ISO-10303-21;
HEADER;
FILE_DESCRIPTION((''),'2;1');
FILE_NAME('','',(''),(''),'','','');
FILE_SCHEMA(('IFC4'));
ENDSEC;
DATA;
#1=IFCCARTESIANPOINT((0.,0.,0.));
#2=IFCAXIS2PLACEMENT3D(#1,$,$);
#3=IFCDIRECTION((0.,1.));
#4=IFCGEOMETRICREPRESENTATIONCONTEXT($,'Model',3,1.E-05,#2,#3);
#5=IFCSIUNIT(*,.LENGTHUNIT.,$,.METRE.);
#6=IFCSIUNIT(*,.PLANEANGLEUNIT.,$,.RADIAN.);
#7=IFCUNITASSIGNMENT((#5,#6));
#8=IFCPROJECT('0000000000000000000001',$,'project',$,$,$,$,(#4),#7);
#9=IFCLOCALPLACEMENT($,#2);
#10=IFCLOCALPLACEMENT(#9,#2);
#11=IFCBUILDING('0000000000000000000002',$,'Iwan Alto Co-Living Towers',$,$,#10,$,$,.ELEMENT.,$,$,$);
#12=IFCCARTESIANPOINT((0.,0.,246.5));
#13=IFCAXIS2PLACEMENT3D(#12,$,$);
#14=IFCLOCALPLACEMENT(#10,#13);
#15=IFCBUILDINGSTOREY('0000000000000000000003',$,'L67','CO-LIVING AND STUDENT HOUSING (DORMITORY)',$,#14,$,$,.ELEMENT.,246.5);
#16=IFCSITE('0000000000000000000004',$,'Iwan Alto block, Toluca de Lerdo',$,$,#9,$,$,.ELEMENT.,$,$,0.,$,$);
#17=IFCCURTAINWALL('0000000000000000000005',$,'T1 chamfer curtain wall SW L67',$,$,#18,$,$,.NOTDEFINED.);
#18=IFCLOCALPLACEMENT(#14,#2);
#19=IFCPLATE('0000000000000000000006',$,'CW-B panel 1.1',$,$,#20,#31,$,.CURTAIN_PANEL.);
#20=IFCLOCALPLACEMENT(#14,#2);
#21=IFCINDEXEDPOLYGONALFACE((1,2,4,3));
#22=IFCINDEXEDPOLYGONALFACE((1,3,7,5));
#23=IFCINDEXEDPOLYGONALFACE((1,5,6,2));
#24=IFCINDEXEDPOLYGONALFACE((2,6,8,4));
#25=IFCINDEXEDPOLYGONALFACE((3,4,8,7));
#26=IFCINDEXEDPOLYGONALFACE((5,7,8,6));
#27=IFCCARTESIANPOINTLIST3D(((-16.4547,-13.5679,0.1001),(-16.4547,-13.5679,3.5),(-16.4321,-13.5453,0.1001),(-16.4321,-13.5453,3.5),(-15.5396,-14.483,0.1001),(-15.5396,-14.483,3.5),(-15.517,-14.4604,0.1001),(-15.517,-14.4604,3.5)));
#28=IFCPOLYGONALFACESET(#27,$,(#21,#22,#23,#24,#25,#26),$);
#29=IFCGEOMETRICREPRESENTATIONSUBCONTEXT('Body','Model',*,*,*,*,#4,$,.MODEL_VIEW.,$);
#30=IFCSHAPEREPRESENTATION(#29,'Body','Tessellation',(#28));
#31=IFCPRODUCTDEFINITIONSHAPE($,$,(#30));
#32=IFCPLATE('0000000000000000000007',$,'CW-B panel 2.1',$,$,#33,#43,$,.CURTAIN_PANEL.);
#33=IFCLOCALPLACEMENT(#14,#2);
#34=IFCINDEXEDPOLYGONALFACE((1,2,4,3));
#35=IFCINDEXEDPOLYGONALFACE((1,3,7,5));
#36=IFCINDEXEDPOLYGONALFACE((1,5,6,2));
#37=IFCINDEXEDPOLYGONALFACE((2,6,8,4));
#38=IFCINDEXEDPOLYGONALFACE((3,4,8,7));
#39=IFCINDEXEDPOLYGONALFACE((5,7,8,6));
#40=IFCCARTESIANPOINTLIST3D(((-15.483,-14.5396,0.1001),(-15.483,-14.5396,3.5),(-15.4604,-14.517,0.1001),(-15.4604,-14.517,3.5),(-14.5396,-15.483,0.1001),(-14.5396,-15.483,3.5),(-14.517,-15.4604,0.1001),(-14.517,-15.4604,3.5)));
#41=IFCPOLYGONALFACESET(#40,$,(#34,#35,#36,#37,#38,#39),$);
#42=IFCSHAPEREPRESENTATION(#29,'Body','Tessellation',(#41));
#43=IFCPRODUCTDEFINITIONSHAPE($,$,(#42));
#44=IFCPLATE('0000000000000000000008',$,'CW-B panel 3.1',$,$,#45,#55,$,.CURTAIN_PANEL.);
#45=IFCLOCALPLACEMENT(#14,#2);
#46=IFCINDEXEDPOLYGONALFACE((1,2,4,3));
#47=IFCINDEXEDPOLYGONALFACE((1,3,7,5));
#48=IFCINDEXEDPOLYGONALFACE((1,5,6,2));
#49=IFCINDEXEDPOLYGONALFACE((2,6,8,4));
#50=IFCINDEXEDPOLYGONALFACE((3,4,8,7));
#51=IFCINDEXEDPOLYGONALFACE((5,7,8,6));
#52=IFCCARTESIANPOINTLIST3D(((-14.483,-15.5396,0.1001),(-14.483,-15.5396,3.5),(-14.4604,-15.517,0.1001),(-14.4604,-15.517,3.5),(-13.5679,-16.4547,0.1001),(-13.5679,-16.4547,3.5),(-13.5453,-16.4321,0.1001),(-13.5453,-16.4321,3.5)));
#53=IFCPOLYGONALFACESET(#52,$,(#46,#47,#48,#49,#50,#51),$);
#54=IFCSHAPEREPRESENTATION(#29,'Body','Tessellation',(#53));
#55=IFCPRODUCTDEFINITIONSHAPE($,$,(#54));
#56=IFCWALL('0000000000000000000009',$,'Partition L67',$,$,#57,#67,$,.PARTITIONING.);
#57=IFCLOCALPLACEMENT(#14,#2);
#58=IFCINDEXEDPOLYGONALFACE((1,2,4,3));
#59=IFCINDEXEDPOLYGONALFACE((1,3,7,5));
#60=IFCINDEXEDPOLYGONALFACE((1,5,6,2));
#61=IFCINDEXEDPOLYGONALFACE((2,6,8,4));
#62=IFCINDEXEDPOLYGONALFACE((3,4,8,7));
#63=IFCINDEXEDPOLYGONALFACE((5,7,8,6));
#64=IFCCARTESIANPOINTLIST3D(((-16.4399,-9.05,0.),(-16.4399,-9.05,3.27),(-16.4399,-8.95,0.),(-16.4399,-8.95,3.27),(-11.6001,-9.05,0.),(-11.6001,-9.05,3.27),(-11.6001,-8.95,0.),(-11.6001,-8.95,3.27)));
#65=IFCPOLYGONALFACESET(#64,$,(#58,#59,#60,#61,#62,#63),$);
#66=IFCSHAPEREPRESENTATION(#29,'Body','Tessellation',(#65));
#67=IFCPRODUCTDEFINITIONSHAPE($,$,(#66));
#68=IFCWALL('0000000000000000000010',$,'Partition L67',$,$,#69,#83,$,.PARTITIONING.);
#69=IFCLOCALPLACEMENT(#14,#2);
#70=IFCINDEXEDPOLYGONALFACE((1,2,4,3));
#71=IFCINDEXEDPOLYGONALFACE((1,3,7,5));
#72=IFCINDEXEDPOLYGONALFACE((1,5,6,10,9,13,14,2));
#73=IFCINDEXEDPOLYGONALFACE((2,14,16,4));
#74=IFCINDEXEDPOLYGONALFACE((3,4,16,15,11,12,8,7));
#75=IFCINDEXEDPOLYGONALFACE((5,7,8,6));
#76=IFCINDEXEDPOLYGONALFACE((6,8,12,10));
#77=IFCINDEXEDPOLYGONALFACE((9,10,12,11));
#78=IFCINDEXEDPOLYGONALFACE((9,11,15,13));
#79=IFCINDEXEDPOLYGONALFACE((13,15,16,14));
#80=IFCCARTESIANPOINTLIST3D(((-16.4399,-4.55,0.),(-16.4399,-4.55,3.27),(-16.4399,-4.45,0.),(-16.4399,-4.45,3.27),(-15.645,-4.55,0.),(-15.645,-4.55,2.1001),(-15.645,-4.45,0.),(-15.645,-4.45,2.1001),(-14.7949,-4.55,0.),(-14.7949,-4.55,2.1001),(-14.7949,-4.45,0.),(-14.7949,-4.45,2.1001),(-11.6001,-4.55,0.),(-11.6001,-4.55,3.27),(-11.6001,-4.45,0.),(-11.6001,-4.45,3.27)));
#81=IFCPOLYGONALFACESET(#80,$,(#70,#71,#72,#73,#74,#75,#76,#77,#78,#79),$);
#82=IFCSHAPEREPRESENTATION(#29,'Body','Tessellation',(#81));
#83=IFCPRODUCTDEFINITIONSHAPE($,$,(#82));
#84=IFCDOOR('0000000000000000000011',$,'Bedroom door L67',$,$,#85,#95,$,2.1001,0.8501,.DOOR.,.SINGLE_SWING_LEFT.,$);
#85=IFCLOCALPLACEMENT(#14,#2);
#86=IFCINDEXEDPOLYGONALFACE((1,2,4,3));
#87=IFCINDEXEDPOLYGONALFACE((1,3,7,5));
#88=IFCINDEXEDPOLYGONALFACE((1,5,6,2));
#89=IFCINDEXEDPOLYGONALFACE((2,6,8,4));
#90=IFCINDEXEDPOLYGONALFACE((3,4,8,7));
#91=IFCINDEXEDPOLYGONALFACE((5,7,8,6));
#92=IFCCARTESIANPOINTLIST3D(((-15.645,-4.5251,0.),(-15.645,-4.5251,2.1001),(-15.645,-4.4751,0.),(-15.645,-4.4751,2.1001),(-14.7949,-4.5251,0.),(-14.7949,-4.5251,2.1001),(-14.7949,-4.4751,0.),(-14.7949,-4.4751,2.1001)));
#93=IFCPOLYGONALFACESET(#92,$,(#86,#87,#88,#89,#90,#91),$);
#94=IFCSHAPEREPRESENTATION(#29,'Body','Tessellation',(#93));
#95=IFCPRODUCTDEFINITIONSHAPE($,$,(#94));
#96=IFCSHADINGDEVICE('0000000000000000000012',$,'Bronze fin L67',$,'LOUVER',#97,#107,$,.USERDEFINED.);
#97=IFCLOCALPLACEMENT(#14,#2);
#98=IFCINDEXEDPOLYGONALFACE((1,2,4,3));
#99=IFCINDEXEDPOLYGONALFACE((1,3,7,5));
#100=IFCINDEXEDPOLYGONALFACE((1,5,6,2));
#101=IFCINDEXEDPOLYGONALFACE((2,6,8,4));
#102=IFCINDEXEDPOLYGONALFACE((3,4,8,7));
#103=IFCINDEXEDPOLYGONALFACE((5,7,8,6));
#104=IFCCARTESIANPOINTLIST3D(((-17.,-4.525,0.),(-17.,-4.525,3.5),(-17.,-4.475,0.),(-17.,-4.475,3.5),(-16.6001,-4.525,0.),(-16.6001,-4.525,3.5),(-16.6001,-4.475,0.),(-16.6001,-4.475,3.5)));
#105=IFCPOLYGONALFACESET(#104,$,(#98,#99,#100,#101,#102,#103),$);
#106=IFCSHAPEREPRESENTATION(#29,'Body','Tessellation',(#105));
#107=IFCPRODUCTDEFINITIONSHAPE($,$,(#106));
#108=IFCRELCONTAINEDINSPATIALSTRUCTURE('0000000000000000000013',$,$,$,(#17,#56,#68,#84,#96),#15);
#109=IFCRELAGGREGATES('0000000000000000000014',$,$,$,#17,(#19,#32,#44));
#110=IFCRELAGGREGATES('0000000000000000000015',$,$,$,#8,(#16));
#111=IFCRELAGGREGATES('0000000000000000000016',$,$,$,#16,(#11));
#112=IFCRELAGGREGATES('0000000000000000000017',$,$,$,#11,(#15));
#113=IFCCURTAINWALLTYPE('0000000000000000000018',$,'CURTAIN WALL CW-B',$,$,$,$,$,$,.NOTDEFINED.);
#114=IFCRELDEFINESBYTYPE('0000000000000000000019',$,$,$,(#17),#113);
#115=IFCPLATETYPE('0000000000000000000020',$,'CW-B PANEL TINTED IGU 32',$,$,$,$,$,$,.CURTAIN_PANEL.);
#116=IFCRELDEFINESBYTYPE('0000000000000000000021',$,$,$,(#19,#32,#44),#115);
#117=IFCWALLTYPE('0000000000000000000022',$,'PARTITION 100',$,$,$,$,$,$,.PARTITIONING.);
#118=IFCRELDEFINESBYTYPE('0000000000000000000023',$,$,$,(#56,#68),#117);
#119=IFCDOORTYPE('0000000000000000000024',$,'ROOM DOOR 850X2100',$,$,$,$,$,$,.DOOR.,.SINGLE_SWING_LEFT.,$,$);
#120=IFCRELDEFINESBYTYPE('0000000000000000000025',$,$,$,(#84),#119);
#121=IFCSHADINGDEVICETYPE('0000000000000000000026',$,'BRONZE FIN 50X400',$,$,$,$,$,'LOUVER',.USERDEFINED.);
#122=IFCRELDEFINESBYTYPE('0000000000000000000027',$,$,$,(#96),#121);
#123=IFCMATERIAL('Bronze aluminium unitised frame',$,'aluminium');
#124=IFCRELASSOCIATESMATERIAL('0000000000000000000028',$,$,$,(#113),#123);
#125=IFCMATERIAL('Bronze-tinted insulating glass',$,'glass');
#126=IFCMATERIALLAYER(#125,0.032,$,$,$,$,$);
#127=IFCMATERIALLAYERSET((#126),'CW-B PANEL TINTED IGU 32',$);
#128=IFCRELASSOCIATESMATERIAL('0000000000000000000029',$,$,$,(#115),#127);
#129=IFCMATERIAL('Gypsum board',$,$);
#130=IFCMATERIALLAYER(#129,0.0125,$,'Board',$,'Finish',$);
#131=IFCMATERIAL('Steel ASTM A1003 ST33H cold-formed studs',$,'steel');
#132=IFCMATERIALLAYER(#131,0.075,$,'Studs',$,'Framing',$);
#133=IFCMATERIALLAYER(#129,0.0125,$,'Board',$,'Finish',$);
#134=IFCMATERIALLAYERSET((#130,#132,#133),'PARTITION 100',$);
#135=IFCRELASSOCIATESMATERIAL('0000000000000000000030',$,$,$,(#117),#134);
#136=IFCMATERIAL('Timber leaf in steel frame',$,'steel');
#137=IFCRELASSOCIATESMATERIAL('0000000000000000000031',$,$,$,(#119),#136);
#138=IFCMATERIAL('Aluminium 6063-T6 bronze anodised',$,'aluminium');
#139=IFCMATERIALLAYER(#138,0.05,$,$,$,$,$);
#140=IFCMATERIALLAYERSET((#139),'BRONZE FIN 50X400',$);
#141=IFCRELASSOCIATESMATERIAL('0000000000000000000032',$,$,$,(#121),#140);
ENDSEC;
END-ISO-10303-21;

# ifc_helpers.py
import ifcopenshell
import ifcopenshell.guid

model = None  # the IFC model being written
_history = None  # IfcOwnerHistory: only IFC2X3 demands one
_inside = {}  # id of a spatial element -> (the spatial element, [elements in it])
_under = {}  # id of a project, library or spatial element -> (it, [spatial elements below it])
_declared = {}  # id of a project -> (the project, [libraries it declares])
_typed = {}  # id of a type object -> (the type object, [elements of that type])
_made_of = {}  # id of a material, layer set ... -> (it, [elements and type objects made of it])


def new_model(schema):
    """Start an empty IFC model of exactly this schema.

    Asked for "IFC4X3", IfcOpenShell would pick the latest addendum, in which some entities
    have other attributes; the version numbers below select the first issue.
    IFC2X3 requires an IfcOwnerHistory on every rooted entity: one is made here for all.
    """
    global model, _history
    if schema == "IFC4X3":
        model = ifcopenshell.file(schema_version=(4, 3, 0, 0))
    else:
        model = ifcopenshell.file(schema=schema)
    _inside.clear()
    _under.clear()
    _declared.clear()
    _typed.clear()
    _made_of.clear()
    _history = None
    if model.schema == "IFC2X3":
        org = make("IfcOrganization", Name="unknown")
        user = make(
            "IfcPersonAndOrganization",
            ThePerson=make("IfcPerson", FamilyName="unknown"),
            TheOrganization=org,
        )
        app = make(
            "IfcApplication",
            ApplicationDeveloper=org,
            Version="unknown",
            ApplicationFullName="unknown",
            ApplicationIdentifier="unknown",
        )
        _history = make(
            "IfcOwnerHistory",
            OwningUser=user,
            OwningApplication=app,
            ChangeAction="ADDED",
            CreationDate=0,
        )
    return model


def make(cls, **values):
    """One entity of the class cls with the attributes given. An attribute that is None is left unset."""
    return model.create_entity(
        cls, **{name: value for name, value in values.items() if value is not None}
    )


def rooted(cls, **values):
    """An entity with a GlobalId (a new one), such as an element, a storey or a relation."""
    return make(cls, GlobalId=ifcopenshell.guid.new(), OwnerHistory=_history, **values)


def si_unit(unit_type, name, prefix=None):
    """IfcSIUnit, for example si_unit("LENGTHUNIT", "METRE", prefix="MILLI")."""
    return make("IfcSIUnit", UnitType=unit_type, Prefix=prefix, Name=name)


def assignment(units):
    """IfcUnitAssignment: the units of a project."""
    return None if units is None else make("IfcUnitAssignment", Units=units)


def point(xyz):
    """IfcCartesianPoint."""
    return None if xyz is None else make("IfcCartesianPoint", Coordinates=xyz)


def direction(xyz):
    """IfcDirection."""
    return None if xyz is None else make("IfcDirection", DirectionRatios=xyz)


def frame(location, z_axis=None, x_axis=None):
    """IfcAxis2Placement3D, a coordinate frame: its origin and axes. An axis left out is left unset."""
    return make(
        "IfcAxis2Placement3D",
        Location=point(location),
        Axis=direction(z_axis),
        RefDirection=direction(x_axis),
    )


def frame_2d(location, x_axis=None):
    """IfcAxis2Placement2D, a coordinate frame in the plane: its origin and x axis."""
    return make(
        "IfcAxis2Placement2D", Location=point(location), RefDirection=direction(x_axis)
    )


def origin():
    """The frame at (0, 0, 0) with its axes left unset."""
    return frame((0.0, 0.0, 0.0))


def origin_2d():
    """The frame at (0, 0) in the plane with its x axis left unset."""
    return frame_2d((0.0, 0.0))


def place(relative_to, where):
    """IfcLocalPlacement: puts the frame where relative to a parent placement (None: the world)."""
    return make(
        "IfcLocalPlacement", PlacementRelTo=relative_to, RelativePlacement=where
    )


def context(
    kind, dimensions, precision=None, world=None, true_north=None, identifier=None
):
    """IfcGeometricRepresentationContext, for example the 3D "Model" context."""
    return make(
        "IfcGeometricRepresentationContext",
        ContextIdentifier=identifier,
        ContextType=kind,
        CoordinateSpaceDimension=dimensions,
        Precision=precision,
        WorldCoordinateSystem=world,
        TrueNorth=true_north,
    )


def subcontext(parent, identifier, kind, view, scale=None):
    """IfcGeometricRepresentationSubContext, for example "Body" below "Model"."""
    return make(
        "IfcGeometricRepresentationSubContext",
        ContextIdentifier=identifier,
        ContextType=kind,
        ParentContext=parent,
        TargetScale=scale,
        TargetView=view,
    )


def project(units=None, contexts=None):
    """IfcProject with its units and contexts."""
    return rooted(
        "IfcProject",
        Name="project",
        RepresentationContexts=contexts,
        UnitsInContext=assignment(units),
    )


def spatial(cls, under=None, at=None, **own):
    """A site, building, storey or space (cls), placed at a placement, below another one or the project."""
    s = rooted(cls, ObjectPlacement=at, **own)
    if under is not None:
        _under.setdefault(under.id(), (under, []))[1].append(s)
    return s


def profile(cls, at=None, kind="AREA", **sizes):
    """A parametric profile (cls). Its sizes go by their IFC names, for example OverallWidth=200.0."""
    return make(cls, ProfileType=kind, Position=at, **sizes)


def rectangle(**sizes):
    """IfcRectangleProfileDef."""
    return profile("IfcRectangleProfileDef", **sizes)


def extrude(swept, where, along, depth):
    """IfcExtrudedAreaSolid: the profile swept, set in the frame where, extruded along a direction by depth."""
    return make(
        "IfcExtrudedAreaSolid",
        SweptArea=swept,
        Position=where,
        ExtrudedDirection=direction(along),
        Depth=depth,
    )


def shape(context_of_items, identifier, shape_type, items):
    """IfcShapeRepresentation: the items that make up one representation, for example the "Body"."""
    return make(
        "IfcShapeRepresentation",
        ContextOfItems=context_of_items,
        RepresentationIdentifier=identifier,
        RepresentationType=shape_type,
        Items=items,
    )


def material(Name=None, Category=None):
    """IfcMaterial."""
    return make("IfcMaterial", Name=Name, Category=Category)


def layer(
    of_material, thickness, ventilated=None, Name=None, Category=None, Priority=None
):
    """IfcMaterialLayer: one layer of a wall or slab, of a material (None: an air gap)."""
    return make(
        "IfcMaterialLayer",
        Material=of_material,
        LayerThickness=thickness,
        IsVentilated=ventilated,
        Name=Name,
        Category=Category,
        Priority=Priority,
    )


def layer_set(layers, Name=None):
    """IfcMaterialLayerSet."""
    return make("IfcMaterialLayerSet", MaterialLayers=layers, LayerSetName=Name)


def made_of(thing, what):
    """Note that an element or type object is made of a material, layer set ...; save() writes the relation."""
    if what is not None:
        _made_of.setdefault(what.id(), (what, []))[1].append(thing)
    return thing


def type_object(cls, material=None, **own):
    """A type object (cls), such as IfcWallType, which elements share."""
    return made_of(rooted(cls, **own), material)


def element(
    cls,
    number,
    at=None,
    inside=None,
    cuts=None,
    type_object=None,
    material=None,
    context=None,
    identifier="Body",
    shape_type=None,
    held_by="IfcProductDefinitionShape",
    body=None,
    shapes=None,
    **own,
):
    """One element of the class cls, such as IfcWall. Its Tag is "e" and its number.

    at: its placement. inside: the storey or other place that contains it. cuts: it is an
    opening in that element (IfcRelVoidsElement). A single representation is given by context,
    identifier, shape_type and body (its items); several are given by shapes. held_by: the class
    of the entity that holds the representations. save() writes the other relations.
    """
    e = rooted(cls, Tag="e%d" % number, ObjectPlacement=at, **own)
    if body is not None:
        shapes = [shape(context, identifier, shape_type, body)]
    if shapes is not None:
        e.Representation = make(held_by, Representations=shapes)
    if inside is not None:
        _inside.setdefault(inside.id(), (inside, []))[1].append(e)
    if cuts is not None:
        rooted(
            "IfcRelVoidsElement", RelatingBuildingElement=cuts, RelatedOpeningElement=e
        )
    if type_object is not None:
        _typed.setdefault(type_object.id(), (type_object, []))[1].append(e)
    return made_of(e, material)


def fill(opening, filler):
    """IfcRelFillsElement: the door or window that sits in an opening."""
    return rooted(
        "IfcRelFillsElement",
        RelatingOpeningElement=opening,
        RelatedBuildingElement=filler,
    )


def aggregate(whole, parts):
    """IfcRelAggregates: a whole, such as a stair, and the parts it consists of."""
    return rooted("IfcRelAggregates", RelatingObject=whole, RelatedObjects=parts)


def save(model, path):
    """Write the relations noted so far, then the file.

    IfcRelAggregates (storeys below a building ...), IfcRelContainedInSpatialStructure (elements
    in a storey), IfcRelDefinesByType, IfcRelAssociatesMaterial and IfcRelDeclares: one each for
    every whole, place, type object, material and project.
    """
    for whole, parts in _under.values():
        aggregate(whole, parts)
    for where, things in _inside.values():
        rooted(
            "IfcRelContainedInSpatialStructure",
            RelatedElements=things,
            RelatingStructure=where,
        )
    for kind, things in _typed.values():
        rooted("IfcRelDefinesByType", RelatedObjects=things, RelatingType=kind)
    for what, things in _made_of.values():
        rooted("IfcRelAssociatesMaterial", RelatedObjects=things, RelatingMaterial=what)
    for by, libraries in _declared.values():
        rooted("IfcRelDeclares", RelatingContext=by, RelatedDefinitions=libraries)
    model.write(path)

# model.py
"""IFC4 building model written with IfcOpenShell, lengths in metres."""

from ifc_helpers import new_model, si_unit, direction, frame, frame_2d, origin, origin_2d, place, context, subcontext, project, spatial, rectangle, extrude, material, layer, layer_set, type_object, element, fill, aggregate, save


model = new_model("IFC4")

# Units and contexts
model_context = context("Model", 3, precision=1e-05, world=origin(), true_north=direction((0.0, 1.0)))
body_context = subcontext(model_context, "Body", "Model", "MODEL_VIEW")
ifc_project = project(units=[si_unit("LENGTHUNIT", "METRE"), si_unit("PLANEANGLEUNIT", "RADIAN")], contexts=[model_context])

# Site, building, storey
site_placement = place(None, origin())
site = spatial("IfcSite", under=ifc_project, at=site_placement, Name="Iwan Alto block, Toluca de Lerdo", CompositionType="ELEMENT", RefElevation=0.0)
building_placement = place(site_placement, origin())
building = spatial("IfcBuilding", under=site, at=building_placement, Name="Iwan Alto Co-Living Towers", CompositionType="ELEMENT")
storey_placement = place(building_placement, frame((0.0, 0.0, 246.5)))
storey = spatial("IfcBuildingStorey", under=building, at=storey_placement, Name="L67", Description="CO-LIVING AND STUDENT HOUSING (DORMITORY)", CompositionType="ELEMENT", Elevation=246.5)

# Curtain wall
ifc_material_1 = material(Name="Bronze aluminium unitised frame", Category="aluminium")
curtain_wall_type_1 = type_object("IfcCurtainWallType", Name="CURTAIN WALL CW-B", PredefinedType="NOTDEFINED", material=ifc_material_1)
curtain_wall_1_placement = place(storey_placement, origin())
curtain_wall_1 = element("IfcCurtainWall", 1, at=curtain_wall_1_placement, inside=storey, type_object=curtain_wall_type_1, Name="T1 chamfer curtain wall SW L67", PredefinedType="NOTDEFINED")

# Plates
ifc_material_2 = material(Name="Bronze-tinted insulating glass", Category="glass")
ifc_layer_1 = layer(ifc_material_2, 0.032)
ifc_layer_set_1 = layer_set([ifc_layer_1], Name="CW-B PANEL TINTED IGU 32")
plate_type_1 = type_object("IfcPlateType", Name="CW-B PANEL TINTED IGU 32", PredefinedType="CURTAIN_PANEL", material=ifc_layer_set_1)
plate_1_placement = place(storey_placement, frame((-15.9858, -14.0142, 0.1001), z_axis=(0.0, 0.0, 1.0), x_axis=(0.707107, -0.707107, 0.0)))
plate_1 = element("IfcPlate", 2, at=plate_1_placement, type_object=plate_type_1, Name="CW-B panel 1.1", PredefinedType="CURTAIN_PANEL", context=body_context, shape_type="SweptSolid", body=[
    extrude(rectangle(XDim=1.2942, YDim=0.032, at=origin_2d()), origin(), (0.0, 0.0, 1.0), 3.3999),
])
plate_2_placement = place(storey_placement, frame((-15.0, -15.0, 0.1001), z_axis=(0.0, 0.0, 1.0), x_axis=(0.707107, -0.707107, 0.0)))
plate_2 = element("IfcPlate", 3, at=plate_2_placement, type_object=plate_type_1, Name="CW-B panel 2.1", PredefinedType="CURTAIN_PANEL", context=body_context, shape_type="SweptSolid", body=[
    extrude(rectangle(XDim=1.3342, YDim=0.032, at=origin_2d()), origin(), (0.0, 0.0, 1.0), 3.3999),
])
plate_3_placement = place(storey_placement, frame((-14.0142, -15.9858, 0.1001), z_axis=(0.0, 0.0, 1.0), x_axis=(0.707107, -0.707107, 0.0)))
plate_3 = element("IfcPlate", 4, at=plate_3_placement, type_object=plate_type_1, Name="CW-B panel 3.1", PredefinedType="CURTAIN_PANEL", context=body_context, shape_type="SweptSolid", body=[
    extrude(rectangle(XDim=1.2942, YDim=0.032, at=origin_2d()), origin(), (0.0, 0.0, 1.0), 3.3999),
])
aggregate(curtain_wall_1, [plate_1, plate_2, plate_3])

# Wall
ifc_material_3 = material(Name="Gypsum board")
ifc_layer_2 = layer(ifc_material_3, 0.0125, Name="Board", Category="Finish")
ifc_material_4 = material(Name="Steel ASTM A1003 ST33H cold-formed studs", Category="steel")
ifc_layer_3 = layer(ifc_material_4, 0.075, Name="Studs", Category="Framing")
ifc_layer_4 = layer(ifc_material_3, 0.0125, Name="Board", Category="Finish")
ifc_layer_set_2 = layer_set([ifc_layer_2, ifc_layer_3, ifc_layer_4], Name="PARTITION 100")
wall_type = type_object("IfcWallType", Name="PARTITION 100", PredefinedType="PARTITIONING", material=ifc_layer_set_2)
wall_1_placement = place(storey_placement, frame((-16.4399, -9.0, 0.0), z_axis=(0.0, 0.0, 1.0), x_axis=(1.0, 0.0, 0.0)))
element("IfcWall", 5, at=wall_1_placement, inside=storey, type_object=wall_type, Name="Partition L67", PredefinedType="PARTITIONING", context=body_context, shape_type="SweptSolid", body=[
    extrude(rectangle(XDim=4.8398, YDim=0.1001, at=frame_2d((2.4199, 0.0))), origin(), (0.0, 0.0, 1.0), 3.27),
])

# Wall, opening, door
wall_2_placement = place(storey_placement, frame((-16.4399, -4.5, 0.0), z_axis=(0.0, 0.0, 1.0), x_axis=(1.0, 0.0, 0.0)))
wall_2 = element("IfcWall", 6, at=wall_2_placement, inside=storey, type_object=wall_type, Name="Partition L67", PredefinedType="PARTITIONING", context=body_context, shape_type="SweptSolid", body=[
    extrude(rectangle(XDim=4.8398, YDim=0.1001, at=frame_2d((2.4199, 0.0))), origin(), (0.0, 0.0, 1.0), 3.27),
])
opening_placement = place(wall_2_placement, frame((0.7949, 0.0, 0.0)))
opening = element("IfcOpeningElement", 7, at=opening_placement, cuts=wall_2, PredefinedType="OPENING", context=body_context, shape_type="SweptSolid", body=[
    extrude(rectangle(XDim=0.8501, YDim=2.1001, at=frame_2d((0.425, 1.05))), frame((0.0, 0.0601, 0.0), z_axis=(0.0, -1.0, 0.0), x_axis=(1.0, 0.0, 0.0)), (0.0, 0.0, 1.0), 0.1201),
])
ifc_material_5 = material(Name="Timber leaf in steel frame", Category="steel")
door_type = type_object("IfcDoorType", Name="ROOM DOOR 850X2100", OperationType="SINGLE_SWING_LEFT", PredefinedType="DOOR", material=ifc_material_5)
door_placement = place(opening_placement, origin())
door = element("IfcDoor", 8, at=door_placement, inside=storey, type_object=door_type, Name="Bedroom door L67", OperationType="SINGLE_SWING_LEFT", OverallHeight=2.1001, OverallWidth=0.8501, PredefinedType="DOOR", context=body_context, shape_type="SweptSolid", body=[
    extrude(rectangle(XDim=0.8501, YDim=2.1001, at=frame_2d((0.425, 1.05))), frame((0.0, 0.0249, 0.0), z_axis=(0.0, -1.0, 0.0), x_axis=(1.0, 0.0, 0.0)), (0.0, 0.0, 1.0), 0.05),
])
fill(opening, door)

# Shading device
ifc_material_6 = material(Name="Aluminium 6063-T6 bronze anodised", Category="aluminium")
ifc_layer_5 = layer(ifc_material_6, 0.05)
ifc_layer_set_3 = layer_set([ifc_layer_5], Name="BRONZE FIN 50X400")
shading_device_type = type_object("IfcShadingDeviceType", Name="BRONZE FIN 50X400", ElementType="LOUVER", PredefinedType="USERDEFINED", material=ifc_layer_set_3)
shading_device_placement = place(storey_placement, frame((-16.8, -4.5, 0.0), z_axis=(0.0, 0.0, 1.0), x_axis=(0.0, -1.0, 0.0)))
element("IfcShadingDevice", 9, at=shading_device_placement, inside=storey, type_object=shading_device_type, Name="Bronze fin L67", ObjectType="LOUVER", PredefinedType="USERDEFINED", context=body_context, shape_type="SweptSolid", body=[
    extrude(rectangle(XDim=0.05, YDim=0.3999, at=origin_2d()), origin(), (0.0, 0.0, 1.0), 3.5),
])

save(model, "model.ifc")
